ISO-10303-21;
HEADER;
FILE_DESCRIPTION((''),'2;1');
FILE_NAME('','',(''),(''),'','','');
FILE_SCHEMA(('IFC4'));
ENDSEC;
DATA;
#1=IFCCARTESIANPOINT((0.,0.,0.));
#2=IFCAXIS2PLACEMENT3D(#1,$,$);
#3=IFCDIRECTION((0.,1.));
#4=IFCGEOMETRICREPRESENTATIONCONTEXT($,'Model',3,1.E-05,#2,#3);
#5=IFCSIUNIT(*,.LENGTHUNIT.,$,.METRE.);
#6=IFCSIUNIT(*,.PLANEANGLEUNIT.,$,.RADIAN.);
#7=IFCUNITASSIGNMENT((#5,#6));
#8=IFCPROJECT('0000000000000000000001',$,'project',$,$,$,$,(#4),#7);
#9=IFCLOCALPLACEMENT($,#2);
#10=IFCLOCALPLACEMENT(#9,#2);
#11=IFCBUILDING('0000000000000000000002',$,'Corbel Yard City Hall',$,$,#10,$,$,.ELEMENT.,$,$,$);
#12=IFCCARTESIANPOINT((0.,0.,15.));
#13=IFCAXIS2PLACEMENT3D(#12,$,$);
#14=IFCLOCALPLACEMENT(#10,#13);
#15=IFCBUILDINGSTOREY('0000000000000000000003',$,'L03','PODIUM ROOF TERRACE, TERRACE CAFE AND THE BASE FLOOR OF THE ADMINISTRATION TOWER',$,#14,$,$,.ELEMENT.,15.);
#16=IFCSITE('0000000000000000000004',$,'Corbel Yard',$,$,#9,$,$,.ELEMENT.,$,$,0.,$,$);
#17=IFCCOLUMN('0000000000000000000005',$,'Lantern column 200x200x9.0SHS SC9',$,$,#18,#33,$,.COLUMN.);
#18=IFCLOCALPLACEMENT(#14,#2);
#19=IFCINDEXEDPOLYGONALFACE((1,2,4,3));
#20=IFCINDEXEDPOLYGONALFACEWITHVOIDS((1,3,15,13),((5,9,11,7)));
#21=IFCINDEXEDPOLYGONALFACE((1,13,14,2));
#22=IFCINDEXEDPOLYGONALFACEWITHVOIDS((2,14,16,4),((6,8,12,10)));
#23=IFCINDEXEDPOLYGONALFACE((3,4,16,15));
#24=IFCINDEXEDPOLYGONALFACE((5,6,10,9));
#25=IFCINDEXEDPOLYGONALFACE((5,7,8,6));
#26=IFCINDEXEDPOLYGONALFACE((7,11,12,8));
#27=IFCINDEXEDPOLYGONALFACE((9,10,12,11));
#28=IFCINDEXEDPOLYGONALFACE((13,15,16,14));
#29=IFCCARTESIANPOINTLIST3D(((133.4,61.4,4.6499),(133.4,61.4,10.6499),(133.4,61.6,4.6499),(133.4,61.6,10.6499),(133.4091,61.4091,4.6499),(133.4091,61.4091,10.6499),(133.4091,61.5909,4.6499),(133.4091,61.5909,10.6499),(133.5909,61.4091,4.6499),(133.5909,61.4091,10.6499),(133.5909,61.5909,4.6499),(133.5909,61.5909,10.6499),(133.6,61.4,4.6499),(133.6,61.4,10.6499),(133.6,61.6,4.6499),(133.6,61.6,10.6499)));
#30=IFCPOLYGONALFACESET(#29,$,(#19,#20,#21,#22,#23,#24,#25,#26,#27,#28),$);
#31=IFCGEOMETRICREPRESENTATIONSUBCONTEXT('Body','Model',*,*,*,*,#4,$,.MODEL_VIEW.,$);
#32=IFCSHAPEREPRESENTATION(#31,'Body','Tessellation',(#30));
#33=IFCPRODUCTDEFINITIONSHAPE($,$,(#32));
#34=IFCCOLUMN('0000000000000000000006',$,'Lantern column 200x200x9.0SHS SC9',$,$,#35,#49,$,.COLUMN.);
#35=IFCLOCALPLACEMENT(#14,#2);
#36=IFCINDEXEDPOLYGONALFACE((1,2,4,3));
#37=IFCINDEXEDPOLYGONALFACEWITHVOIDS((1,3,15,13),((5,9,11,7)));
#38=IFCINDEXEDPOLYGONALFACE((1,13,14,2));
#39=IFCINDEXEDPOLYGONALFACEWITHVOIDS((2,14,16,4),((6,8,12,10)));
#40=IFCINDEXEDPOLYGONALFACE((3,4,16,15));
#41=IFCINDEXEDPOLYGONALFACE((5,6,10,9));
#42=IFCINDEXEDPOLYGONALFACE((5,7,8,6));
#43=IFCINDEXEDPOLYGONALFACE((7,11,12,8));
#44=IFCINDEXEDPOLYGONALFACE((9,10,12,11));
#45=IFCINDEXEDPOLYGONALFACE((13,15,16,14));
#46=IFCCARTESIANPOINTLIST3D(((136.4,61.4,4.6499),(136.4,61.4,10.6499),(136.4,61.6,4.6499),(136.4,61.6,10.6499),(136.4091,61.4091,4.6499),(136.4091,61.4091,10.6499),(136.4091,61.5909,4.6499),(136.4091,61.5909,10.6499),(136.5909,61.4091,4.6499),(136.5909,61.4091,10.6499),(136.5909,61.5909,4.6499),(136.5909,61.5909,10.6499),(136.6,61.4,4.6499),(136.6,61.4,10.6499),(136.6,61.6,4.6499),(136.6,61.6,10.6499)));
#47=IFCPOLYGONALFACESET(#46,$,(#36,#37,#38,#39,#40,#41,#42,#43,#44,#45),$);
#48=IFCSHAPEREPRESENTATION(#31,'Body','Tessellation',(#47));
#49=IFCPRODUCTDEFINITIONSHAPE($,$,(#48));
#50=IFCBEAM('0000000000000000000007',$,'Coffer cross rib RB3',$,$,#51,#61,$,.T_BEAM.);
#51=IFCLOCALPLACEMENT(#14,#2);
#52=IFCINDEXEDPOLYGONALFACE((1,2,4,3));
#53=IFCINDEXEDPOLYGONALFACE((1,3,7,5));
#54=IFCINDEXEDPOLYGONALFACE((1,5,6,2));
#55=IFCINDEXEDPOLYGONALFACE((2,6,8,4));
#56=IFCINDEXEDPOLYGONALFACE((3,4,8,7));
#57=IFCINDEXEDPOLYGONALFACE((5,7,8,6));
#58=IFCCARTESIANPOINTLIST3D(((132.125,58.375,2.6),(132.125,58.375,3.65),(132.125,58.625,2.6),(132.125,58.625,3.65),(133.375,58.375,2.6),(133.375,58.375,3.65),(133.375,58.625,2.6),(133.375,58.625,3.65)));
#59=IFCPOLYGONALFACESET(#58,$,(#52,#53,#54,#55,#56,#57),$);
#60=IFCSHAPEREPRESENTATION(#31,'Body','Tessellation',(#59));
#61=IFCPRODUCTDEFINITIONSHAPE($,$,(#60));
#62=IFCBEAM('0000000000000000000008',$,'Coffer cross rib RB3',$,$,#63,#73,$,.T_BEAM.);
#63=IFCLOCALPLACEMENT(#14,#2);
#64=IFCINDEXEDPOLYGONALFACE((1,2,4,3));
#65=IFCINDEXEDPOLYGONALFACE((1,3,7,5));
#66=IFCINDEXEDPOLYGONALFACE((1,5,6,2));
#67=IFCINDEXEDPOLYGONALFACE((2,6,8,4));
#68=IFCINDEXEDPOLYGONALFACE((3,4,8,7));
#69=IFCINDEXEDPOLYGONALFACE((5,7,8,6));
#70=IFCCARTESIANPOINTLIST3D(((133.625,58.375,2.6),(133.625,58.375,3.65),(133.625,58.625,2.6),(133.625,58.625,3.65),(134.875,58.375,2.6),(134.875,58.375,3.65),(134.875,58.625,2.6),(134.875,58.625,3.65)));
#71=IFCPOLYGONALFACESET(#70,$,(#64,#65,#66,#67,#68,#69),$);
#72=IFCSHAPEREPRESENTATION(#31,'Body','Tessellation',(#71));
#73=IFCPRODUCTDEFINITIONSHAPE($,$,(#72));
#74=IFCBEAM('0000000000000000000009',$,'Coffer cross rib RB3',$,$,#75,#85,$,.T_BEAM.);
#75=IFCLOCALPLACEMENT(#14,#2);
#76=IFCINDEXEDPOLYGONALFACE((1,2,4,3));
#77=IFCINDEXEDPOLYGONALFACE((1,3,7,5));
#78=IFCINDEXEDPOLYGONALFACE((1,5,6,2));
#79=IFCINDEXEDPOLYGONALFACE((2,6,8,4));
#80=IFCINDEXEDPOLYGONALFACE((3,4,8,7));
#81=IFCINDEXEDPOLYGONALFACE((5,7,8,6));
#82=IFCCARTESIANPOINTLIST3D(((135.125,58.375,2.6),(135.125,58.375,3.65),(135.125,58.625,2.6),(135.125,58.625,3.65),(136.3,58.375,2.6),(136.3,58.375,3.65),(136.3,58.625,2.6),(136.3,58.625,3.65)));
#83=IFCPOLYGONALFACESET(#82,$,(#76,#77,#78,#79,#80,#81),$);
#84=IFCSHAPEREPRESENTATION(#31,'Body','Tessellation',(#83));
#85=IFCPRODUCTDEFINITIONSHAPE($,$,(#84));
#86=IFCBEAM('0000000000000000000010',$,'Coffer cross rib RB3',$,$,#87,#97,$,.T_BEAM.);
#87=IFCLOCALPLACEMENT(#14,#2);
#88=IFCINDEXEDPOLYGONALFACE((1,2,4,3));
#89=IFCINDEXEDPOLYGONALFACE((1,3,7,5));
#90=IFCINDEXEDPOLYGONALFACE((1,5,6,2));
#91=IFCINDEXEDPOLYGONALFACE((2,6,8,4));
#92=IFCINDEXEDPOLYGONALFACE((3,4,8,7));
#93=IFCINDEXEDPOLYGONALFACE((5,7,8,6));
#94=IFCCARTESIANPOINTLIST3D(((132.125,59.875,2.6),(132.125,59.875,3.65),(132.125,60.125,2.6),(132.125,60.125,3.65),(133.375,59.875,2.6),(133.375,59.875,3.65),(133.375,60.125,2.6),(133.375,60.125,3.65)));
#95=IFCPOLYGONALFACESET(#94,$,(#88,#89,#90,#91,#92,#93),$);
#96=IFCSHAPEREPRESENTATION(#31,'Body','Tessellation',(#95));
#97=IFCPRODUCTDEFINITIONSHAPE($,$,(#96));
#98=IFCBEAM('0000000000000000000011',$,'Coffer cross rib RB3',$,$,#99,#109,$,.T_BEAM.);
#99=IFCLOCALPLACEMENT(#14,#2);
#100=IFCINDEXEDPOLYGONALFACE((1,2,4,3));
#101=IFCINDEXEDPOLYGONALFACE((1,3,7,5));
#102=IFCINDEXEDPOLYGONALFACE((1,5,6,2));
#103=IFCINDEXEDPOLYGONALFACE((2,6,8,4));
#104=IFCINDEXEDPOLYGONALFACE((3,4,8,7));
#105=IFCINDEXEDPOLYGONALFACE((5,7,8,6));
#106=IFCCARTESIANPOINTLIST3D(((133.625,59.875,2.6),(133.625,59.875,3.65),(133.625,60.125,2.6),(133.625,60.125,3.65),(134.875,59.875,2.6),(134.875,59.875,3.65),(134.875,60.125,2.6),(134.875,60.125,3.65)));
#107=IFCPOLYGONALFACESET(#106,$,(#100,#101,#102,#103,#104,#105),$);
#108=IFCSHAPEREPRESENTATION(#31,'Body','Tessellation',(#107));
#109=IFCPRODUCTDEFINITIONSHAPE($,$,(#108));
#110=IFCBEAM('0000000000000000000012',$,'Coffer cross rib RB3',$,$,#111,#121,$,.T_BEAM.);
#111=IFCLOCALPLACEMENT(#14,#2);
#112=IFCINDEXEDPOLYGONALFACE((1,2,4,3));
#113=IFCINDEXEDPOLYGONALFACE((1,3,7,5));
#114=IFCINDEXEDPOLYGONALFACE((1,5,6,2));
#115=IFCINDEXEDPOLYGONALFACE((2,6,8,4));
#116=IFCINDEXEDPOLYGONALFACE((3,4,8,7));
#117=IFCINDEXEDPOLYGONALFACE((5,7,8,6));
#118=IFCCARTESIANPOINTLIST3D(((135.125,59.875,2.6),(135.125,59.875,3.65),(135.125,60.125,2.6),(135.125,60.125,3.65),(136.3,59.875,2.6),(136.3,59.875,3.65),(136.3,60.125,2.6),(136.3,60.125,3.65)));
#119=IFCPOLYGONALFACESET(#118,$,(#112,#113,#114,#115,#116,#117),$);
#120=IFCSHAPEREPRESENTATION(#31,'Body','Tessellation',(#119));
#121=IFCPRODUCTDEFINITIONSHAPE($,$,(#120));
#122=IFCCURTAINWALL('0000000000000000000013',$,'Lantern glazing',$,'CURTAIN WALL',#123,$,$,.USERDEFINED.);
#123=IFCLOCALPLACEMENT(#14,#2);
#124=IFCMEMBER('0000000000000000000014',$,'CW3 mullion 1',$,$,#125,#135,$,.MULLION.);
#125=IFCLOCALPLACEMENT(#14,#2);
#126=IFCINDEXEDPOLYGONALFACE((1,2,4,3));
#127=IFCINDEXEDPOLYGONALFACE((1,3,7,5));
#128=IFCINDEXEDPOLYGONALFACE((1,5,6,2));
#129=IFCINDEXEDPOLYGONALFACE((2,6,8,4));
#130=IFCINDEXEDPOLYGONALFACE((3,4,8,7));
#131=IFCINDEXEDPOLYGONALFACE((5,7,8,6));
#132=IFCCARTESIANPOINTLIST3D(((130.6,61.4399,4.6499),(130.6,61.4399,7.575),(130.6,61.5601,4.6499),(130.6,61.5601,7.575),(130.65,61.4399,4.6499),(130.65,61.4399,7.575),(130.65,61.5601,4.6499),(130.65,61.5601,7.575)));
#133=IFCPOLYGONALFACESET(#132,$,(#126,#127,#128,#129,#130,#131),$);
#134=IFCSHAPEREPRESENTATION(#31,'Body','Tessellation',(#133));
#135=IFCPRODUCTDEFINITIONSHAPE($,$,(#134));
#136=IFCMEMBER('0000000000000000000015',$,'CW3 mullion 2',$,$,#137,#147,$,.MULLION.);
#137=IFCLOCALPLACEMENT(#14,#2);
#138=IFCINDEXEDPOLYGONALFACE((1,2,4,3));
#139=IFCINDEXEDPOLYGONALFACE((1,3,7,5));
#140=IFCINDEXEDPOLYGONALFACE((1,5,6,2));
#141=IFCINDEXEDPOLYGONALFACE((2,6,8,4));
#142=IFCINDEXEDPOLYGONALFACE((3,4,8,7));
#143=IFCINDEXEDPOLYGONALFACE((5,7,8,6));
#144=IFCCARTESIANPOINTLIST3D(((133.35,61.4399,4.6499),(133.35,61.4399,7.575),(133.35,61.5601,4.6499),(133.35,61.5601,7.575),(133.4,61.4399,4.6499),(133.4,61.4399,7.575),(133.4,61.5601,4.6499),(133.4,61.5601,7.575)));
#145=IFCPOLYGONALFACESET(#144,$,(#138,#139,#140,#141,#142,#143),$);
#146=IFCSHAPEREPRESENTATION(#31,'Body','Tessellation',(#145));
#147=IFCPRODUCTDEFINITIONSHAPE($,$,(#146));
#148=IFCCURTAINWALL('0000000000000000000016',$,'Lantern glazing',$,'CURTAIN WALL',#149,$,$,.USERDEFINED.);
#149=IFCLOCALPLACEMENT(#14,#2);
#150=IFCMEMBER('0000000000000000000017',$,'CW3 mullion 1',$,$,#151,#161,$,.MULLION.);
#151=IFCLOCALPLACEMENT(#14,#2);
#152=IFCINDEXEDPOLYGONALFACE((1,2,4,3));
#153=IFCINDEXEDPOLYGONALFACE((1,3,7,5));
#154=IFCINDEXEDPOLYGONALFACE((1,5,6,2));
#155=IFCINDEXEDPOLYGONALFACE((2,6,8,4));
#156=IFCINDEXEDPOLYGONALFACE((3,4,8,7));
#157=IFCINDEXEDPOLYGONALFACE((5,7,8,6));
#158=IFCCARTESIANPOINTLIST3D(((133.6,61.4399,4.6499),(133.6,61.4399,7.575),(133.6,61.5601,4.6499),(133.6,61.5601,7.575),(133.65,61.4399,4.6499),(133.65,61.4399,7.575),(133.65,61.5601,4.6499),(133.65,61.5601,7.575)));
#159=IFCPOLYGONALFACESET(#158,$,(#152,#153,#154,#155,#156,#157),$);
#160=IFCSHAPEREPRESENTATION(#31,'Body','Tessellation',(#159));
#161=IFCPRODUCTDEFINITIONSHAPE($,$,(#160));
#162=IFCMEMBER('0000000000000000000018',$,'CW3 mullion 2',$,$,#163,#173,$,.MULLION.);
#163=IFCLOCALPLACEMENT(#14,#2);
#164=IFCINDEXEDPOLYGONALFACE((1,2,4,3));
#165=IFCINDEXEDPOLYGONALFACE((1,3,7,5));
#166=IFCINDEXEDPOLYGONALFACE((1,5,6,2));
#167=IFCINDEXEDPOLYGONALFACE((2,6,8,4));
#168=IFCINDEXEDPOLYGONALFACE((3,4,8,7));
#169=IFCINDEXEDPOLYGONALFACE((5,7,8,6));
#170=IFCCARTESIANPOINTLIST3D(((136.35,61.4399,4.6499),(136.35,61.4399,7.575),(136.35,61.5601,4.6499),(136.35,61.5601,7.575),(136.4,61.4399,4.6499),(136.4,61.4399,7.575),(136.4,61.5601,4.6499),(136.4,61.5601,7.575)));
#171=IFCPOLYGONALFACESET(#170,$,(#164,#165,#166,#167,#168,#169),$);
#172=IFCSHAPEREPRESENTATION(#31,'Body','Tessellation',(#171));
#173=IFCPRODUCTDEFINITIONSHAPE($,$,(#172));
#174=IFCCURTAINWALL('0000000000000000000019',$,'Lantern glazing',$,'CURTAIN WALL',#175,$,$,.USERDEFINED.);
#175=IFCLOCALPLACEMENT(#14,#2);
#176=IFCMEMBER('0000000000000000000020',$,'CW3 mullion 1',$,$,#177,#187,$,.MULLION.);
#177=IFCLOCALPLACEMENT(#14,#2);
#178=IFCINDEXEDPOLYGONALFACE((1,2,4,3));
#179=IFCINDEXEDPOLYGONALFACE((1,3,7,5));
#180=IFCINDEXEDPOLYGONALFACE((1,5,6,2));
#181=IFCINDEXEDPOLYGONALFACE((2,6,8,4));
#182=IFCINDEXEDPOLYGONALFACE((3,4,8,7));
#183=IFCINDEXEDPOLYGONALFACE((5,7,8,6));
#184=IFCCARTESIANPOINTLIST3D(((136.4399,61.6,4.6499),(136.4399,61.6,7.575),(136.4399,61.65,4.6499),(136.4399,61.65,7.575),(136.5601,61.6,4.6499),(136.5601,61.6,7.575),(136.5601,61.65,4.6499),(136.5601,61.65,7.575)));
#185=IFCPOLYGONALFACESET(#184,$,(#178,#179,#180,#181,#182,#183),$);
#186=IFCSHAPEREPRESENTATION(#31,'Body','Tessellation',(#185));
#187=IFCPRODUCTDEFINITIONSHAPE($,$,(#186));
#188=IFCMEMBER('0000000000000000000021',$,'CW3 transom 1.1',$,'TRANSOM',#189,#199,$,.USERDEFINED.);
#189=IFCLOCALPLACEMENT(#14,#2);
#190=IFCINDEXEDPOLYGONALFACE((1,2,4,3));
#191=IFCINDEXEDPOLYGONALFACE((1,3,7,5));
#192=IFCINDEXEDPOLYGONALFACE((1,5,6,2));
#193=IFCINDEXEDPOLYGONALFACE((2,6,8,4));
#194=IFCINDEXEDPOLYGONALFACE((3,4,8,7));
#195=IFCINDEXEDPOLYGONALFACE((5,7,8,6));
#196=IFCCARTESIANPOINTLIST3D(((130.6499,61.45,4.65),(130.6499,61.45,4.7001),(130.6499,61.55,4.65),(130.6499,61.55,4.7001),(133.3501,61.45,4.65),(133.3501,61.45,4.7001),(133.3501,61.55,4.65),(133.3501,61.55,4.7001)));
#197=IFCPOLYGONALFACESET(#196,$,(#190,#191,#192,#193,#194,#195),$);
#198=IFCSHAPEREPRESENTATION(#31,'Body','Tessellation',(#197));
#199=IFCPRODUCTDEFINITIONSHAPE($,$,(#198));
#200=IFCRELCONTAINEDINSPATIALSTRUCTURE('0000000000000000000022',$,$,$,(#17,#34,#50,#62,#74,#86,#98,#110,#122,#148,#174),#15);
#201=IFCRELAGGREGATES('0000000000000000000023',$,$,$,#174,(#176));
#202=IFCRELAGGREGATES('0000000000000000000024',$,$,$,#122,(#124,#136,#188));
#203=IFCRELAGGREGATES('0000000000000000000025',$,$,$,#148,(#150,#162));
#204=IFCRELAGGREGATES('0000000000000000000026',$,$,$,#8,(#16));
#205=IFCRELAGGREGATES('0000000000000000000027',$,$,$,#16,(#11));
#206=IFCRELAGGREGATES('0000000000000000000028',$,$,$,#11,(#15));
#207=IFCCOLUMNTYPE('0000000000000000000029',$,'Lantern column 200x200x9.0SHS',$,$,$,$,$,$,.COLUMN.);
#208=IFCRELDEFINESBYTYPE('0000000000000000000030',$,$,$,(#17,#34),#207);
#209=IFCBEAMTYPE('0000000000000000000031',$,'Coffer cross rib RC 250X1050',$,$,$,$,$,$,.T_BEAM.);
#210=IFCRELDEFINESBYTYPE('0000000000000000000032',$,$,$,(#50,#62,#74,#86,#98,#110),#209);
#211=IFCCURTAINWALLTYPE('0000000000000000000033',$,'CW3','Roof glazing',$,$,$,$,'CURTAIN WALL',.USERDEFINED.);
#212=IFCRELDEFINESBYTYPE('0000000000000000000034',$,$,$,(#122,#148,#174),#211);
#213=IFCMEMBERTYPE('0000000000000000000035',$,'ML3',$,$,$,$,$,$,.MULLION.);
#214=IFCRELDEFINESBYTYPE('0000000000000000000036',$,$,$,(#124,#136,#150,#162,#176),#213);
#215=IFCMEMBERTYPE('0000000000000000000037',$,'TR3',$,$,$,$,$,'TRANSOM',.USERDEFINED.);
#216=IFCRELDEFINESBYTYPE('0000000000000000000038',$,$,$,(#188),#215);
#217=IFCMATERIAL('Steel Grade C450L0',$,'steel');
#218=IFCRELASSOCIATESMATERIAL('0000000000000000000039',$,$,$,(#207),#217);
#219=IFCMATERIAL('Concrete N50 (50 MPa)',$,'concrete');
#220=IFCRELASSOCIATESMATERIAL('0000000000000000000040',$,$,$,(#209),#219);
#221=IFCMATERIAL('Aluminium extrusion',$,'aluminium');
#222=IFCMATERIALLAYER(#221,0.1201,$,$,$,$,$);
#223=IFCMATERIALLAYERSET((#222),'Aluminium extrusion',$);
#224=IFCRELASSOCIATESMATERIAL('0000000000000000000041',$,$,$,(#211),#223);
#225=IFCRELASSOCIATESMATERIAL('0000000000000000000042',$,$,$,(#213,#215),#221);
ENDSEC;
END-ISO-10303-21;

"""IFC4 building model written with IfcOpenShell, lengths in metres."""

from ifc_helpers import new_model, si_unit, direction, frame, origin, origin_2d, place, context, subcontext, project, spatial, rectangle, hollow_rectangle, extrude, material, layer, layer_set, material_profile, profile_set, type_object, element, aggregate, save


model = new_model("IFC4")

# Units and contexts
model_context = context("Model", 3, precision=1e-05, world=origin(), true_north=direction((0.0, 1.0)))
body_context = subcontext(model_context, "Body", "Model", "MODEL_VIEW")
ifc_project = project(units=[si_unit("LENGTHUNIT", "METRE"), si_unit("PLANEANGLEUNIT", "RADIAN")], contexts=[model_context])

# Site, building, storey
site_placement = place(None, origin())
site = spatial("IfcSite", under=ifc_project, at=site_placement, Name="Corbel Yard", CompositionType="ELEMENT", RefElevation=0.0)
building_placement = place(site_placement, origin())
building = spatial("IfcBuilding", under=site, at=building_placement, Name="Corbel Yard City Hall", CompositionType="ELEMENT")
storey_placement = place(building_placement, frame((0.0, 0.0, 15.0)))
storey = spatial("IfcBuildingStorey", under=building, at=storey_placement, Name="L03", Description="PODIUM ROOF TERRACE, TERRACE CAFE AND THE BASE FLOOR OF THE ADMINISTRATION TOWER", CompositionType="ELEMENT", Elevation=15.0)

# Columns
ifc_material_1 = material(Name="Steel Grade C450L0", Category="steel")
ifc_material_profile_1 = material_profile(ifc_material_1, hollow_rectangle(XDim=0.2, YDim=0.2, WallThickness=0.009, at=origin_2d()), Name="200x200x9.0SHS")
ifc_profile_set_1 = profile_set([ifc_material_profile_1], Name="Steel Grade C450L0")
column_type = type_object("IfcColumnType", Name="Lantern column 200x200x9.0SHS", PredefinedType="COLUMN", material=ifc_profile_set_1)
for number, where, z_axis, x_axis, name in (
    (1, (133.5, 61.5, 4.6499), (0.0, 0.0, 1.0), (1.0, 0.0, 0.0), "Lantern column 200x200x9.0SHS SC9"),
    (2, (136.5, 61.5, 4.6499), (0.0, 0.0, 1.0), (1.0, 0.0, 0.0), "Lantern column 200x200x9.0SHS SC9"),
):
    element("IfcColumn", number, at=place(storey_placement, frame(where, z_axis=z_axis, x_axis=x_axis)), inside=storey, type_object=column_type, Name=name, PredefinedType="COLUMN", context=body_context, shape_type="SweptSolid", body=[
        extrude(hollow_rectangle(XDim=0.2, YDim=0.2, WallThickness=0.009, at=origin_2d()), origin(), (0.0, 0.0, 1.0), 6.0),
    ])

# Beams
ifc_material_2 = material(Name="Concrete N50 (50 MPa)", Category="concrete")
ifc_material_profile_2 = material_profile(ifc_material_2, rectangle(XDim=0.25, YDim=1.05, at=origin_2d()), Name="250x1050")
ifc_profile_set_2 = profile_set([ifc_material_profile_2], Name="Concrete N50 (50 MPa)")
beam_type = type_object("IfcBeamType", Name="Coffer cross rib RC 250X1050", PredefinedType="T_BEAM", material=ifc_profile_set_2)
for number, where, z_axis, x_axis, name in (
    (3, (132.125, 58.5, 3.125), (1.0, 0.0, 0.0), (0.0, 1.0, 0.0), "Coffer cross rib RB3"),
    (4, (133.625, 58.5, 3.125), (1.0, 0.0, 0.0), (0.0, 1.0, 0.0), "Coffer cross rib RB3"),
):
    element("IfcBeam", number, at=place(storey_placement, frame(where, z_axis=z_axis, x_axis=x_axis)), inside=storey, type_object=beam_type, Name=name, PredefinedType="T_BEAM", context=body_context, shape_type="SweptSolid", body=[
        extrude(rectangle(XDim=0.25, YDim=1.05, at=origin_2d()), origin(), (0.0, 0.0, 1.0), 1.25),
    ])
beam_1_placement = place(storey_placement, frame((135.125, 58.5, 3.125), z_axis=(1.0, 0.0, 0.0), x_axis=(0.0, 1.0, 0.0)))
element("IfcBeam", 5, at=beam_1_placement, inside=storey, type_object=beam_type, Name="Coffer cross rib RB3", PredefinedType="T_BEAM", context=body_context, shape_type="SweptSolid", body=[
    extrude(rectangle(XDim=0.25, YDim=1.05, at=origin_2d()), origin(), (0.0, 0.0, 1.0), 1.175),
])
for number, where, z_axis, x_axis, name in (
    (6, (132.125, 60.0, 3.125), (1.0, 0.0, 0.0), (0.0, 1.0, 0.0), "Coffer cross rib RB3"),
    (7, (133.625, 60.0, 3.125), (1.0, 0.0, 0.0), (0.0, 1.0, 0.0), "Coffer cross rib RB3"),
):
    element("IfcBeam", number, at=place(storey_placement, frame(where, z_axis=z_axis, x_axis=x_axis)), inside=storey, type_object=beam_type, Name=name, PredefinedType="T_BEAM", context=body_context, shape_type="SweptSolid", body=[
        extrude(rectangle(XDim=0.25, YDim=1.05, at=origin_2d()), origin(), (0.0, 0.0, 1.0), 1.25),
    ])
beam_2_placement = place(storey_placement, frame((135.125, 60.0, 3.125), z_axis=(1.0, 0.0, 0.0), x_axis=(0.0, 1.0, 0.0)))
element("IfcBeam", 8, at=beam_2_placement, inside=storey, type_object=beam_type, Name="Coffer cross rib RB3", PredefinedType="T_BEAM", context=body_context, shape_type="SweptSolid", body=[
    extrude(rectangle(XDim=0.25, YDim=1.05, at=origin_2d()), origin(), (0.0, 0.0, 1.0), 1.175),
])

# Curtain walls, members
ifc_material_3 = material(Name="Aluminium extrusion", Category="aluminium")
ifc_layer_1 = layer(ifc_material_3, 0.1201)
ifc_layer_set_1 = layer_set([ifc_layer_1], Name="Aluminium extrusion")
curtain_wall_type = type_object("IfcCurtainWallType", Name="CW3", Description="Roof glazing", ElementType="CURTAIN WALL", PredefinedType="USERDEFINED", material=ifc_layer_set_1)
curtain_wall_1_placement = place(storey_placement, origin())
curtain_wall_1 = element("IfcCurtainWall", 9, at=curtain_wall_1_placement, inside=storey, type_object=curtain_wall_type, Name="Lantern glazing", ObjectType="CURTAIN WALL", PredefinedType="USERDEFINED")
ifc_material_profile_3 = material_profile(ifc_material_3, rectangle(XDim=0.1201, YDim=0.05, at=origin_2d()), Name="120x50")
ifc_profile_set_3 = profile_set([ifc_material_profile_3], Name="Aluminium extrusion")
member_type_1 = type_object("IfcMemberType", Name="ML3", PredefinedType="MULLION", material=ifc_profile_set_3)
member_1_placement = place(storey_placement, frame((130.625, 61.5, 4.6499), z_axis=(0.0, 0.0, 1.0), x_axis=(0.0, 1.0, 0.0)))
member_1 = element("IfcMember", 10, at=member_1_placement, type_object=member_type_1, Name="CW3 mullion 1", PredefinedType="MULLION", context=body_context, shape_type="SweptSolid", body=[
    extrude(rectangle(XDim=0.1201, YDim=0.05, at=origin_2d()), origin(), (0.0, 0.0, 1.0), 2.925),
])
member_2_placement = place(storey_placement, frame((133.375, 61.5, 4.6499), z_axis=(0.0, 0.0, 1.0), x_axis=(0.0, 1.0, 0.0)))
member_2 = element("IfcMember", 11, at=member_2_placement, type_object=member_type_1, Name="CW3 mullion 2", PredefinedType="MULLION", context=body_context, shape_type="SweptSolid", body=[
    extrude(rectangle(XDim=0.1201, YDim=0.05, at=origin_2d()), origin(), (0.0, 0.0, 1.0), 2.925),
])
curtain_wall_2_placement = place(storey_placement, origin())
curtain_wall_2 = element("IfcCurtainWall", 12, at=curtain_wall_2_placement, inside=storey, type_object=curtain_wall_type, Name="Lantern glazing", ObjectType="CURTAIN WALL", PredefinedType="USERDEFINED")
member_3_placement = place(storey_placement, frame((133.625, 61.5, 4.6499), z_axis=(0.0, 0.0, 1.0), x_axis=(0.0, 1.0, 0.0)))
member_3 = element("IfcMember", 13, at=member_3_placement, type_object=member_type_1, Name="CW3 mullion 1", PredefinedType="MULLION", context=body_context, shape_type="SweptSolid", body=[
    extrude(rectangle(XDim=0.1201, YDim=0.05, at=origin_2d()), origin(), (0.0, 0.0, 1.0), 2.925),
])
member_4_placement = place(storey_placement, frame((136.375, 61.5, 4.6499), z_axis=(0.0, 0.0, 1.0), x_axis=(0.0, 1.0, 0.0)))
member_4 = element("IfcMember", 14, at=member_4_placement, type_object=member_type_1, Name="CW3 mullion 2", PredefinedType="MULLION", context=body_context, shape_type="SweptSolid", body=[
    extrude(rectangle(XDim=0.1201, YDim=0.05, at=origin_2d()), origin(), (0.0, 0.0, 1.0), 2.925),
])

# Curtain wall, member
curtain_wall_3_placement = place(storey_placement, origin())
curtain_wall_3 = element("IfcCurtainWall", 15, at=curtain_wall_3_placement, inside=storey, type_object=curtain_wall_type, Name="Lantern glazing", ObjectType="CURTAIN WALL", PredefinedType="USERDEFINED")
member_5_placement = place(storey_placement, frame((136.5, 61.625, 4.6499), z_axis=(0.0, 0.0, 1.0), x_axis=(-1.0, 0.0, 0.0)))
member_5 = element("IfcMember", 16, at=member_5_placement, type_object=member_type_1, Name="CW3 mullion 1", PredefinedType="MULLION", context=body_context, shape_type="SweptSolid", body=[
    extrude(rectangle(XDim=0.1201, YDim=0.05, at=origin_2d()), origin(), (0.0, 0.0, 1.0), 2.925),
])

# Member
ifc_material_profile_4 = material_profile(ifc_material_3, rectangle(XDim=0.1001, YDim=0.05, at=origin_2d()), Name="100x50")
ifc_profile_set_4 = profile_set([ifc_material_profile_4], Name="Aluminium extrusion")
member_type_2 = type_object("IfcMemberType", Name="TR3", ElementType="TRANSOM", PredefinedType="USERDEFINED", material=ifc_profile_set_4)
member_6_placement = place(storey_placement, frame((130.6499, 61.5, 4.675), z_axis=(1.0, 0.0, 0.0), x_axis=(0.0, 1.0, 0.0)))
member_6 = element("IfcMember", 17, at=member_6_placement, type_object=member_type_2, Name="CW3 transom 1.1", ObjectType="TRANSOM", PredefinedType="USERDEFINED", context=body_context, shape_type="SweptSolid", body=[
    extrude(rectangle(XDim=0.1001, YDim=0.05, at=origin_2d()), origin(), (0.0, 0.0, 1.0), 2.7002),
])
aggregate(curtain_wall_3, [member_5])

aggregate(curtain_wall_1, [member_1, member_2, member_6])
aggregate(curtain_wall_2, [member_3, member_4])

save(model, "model.ifc")
